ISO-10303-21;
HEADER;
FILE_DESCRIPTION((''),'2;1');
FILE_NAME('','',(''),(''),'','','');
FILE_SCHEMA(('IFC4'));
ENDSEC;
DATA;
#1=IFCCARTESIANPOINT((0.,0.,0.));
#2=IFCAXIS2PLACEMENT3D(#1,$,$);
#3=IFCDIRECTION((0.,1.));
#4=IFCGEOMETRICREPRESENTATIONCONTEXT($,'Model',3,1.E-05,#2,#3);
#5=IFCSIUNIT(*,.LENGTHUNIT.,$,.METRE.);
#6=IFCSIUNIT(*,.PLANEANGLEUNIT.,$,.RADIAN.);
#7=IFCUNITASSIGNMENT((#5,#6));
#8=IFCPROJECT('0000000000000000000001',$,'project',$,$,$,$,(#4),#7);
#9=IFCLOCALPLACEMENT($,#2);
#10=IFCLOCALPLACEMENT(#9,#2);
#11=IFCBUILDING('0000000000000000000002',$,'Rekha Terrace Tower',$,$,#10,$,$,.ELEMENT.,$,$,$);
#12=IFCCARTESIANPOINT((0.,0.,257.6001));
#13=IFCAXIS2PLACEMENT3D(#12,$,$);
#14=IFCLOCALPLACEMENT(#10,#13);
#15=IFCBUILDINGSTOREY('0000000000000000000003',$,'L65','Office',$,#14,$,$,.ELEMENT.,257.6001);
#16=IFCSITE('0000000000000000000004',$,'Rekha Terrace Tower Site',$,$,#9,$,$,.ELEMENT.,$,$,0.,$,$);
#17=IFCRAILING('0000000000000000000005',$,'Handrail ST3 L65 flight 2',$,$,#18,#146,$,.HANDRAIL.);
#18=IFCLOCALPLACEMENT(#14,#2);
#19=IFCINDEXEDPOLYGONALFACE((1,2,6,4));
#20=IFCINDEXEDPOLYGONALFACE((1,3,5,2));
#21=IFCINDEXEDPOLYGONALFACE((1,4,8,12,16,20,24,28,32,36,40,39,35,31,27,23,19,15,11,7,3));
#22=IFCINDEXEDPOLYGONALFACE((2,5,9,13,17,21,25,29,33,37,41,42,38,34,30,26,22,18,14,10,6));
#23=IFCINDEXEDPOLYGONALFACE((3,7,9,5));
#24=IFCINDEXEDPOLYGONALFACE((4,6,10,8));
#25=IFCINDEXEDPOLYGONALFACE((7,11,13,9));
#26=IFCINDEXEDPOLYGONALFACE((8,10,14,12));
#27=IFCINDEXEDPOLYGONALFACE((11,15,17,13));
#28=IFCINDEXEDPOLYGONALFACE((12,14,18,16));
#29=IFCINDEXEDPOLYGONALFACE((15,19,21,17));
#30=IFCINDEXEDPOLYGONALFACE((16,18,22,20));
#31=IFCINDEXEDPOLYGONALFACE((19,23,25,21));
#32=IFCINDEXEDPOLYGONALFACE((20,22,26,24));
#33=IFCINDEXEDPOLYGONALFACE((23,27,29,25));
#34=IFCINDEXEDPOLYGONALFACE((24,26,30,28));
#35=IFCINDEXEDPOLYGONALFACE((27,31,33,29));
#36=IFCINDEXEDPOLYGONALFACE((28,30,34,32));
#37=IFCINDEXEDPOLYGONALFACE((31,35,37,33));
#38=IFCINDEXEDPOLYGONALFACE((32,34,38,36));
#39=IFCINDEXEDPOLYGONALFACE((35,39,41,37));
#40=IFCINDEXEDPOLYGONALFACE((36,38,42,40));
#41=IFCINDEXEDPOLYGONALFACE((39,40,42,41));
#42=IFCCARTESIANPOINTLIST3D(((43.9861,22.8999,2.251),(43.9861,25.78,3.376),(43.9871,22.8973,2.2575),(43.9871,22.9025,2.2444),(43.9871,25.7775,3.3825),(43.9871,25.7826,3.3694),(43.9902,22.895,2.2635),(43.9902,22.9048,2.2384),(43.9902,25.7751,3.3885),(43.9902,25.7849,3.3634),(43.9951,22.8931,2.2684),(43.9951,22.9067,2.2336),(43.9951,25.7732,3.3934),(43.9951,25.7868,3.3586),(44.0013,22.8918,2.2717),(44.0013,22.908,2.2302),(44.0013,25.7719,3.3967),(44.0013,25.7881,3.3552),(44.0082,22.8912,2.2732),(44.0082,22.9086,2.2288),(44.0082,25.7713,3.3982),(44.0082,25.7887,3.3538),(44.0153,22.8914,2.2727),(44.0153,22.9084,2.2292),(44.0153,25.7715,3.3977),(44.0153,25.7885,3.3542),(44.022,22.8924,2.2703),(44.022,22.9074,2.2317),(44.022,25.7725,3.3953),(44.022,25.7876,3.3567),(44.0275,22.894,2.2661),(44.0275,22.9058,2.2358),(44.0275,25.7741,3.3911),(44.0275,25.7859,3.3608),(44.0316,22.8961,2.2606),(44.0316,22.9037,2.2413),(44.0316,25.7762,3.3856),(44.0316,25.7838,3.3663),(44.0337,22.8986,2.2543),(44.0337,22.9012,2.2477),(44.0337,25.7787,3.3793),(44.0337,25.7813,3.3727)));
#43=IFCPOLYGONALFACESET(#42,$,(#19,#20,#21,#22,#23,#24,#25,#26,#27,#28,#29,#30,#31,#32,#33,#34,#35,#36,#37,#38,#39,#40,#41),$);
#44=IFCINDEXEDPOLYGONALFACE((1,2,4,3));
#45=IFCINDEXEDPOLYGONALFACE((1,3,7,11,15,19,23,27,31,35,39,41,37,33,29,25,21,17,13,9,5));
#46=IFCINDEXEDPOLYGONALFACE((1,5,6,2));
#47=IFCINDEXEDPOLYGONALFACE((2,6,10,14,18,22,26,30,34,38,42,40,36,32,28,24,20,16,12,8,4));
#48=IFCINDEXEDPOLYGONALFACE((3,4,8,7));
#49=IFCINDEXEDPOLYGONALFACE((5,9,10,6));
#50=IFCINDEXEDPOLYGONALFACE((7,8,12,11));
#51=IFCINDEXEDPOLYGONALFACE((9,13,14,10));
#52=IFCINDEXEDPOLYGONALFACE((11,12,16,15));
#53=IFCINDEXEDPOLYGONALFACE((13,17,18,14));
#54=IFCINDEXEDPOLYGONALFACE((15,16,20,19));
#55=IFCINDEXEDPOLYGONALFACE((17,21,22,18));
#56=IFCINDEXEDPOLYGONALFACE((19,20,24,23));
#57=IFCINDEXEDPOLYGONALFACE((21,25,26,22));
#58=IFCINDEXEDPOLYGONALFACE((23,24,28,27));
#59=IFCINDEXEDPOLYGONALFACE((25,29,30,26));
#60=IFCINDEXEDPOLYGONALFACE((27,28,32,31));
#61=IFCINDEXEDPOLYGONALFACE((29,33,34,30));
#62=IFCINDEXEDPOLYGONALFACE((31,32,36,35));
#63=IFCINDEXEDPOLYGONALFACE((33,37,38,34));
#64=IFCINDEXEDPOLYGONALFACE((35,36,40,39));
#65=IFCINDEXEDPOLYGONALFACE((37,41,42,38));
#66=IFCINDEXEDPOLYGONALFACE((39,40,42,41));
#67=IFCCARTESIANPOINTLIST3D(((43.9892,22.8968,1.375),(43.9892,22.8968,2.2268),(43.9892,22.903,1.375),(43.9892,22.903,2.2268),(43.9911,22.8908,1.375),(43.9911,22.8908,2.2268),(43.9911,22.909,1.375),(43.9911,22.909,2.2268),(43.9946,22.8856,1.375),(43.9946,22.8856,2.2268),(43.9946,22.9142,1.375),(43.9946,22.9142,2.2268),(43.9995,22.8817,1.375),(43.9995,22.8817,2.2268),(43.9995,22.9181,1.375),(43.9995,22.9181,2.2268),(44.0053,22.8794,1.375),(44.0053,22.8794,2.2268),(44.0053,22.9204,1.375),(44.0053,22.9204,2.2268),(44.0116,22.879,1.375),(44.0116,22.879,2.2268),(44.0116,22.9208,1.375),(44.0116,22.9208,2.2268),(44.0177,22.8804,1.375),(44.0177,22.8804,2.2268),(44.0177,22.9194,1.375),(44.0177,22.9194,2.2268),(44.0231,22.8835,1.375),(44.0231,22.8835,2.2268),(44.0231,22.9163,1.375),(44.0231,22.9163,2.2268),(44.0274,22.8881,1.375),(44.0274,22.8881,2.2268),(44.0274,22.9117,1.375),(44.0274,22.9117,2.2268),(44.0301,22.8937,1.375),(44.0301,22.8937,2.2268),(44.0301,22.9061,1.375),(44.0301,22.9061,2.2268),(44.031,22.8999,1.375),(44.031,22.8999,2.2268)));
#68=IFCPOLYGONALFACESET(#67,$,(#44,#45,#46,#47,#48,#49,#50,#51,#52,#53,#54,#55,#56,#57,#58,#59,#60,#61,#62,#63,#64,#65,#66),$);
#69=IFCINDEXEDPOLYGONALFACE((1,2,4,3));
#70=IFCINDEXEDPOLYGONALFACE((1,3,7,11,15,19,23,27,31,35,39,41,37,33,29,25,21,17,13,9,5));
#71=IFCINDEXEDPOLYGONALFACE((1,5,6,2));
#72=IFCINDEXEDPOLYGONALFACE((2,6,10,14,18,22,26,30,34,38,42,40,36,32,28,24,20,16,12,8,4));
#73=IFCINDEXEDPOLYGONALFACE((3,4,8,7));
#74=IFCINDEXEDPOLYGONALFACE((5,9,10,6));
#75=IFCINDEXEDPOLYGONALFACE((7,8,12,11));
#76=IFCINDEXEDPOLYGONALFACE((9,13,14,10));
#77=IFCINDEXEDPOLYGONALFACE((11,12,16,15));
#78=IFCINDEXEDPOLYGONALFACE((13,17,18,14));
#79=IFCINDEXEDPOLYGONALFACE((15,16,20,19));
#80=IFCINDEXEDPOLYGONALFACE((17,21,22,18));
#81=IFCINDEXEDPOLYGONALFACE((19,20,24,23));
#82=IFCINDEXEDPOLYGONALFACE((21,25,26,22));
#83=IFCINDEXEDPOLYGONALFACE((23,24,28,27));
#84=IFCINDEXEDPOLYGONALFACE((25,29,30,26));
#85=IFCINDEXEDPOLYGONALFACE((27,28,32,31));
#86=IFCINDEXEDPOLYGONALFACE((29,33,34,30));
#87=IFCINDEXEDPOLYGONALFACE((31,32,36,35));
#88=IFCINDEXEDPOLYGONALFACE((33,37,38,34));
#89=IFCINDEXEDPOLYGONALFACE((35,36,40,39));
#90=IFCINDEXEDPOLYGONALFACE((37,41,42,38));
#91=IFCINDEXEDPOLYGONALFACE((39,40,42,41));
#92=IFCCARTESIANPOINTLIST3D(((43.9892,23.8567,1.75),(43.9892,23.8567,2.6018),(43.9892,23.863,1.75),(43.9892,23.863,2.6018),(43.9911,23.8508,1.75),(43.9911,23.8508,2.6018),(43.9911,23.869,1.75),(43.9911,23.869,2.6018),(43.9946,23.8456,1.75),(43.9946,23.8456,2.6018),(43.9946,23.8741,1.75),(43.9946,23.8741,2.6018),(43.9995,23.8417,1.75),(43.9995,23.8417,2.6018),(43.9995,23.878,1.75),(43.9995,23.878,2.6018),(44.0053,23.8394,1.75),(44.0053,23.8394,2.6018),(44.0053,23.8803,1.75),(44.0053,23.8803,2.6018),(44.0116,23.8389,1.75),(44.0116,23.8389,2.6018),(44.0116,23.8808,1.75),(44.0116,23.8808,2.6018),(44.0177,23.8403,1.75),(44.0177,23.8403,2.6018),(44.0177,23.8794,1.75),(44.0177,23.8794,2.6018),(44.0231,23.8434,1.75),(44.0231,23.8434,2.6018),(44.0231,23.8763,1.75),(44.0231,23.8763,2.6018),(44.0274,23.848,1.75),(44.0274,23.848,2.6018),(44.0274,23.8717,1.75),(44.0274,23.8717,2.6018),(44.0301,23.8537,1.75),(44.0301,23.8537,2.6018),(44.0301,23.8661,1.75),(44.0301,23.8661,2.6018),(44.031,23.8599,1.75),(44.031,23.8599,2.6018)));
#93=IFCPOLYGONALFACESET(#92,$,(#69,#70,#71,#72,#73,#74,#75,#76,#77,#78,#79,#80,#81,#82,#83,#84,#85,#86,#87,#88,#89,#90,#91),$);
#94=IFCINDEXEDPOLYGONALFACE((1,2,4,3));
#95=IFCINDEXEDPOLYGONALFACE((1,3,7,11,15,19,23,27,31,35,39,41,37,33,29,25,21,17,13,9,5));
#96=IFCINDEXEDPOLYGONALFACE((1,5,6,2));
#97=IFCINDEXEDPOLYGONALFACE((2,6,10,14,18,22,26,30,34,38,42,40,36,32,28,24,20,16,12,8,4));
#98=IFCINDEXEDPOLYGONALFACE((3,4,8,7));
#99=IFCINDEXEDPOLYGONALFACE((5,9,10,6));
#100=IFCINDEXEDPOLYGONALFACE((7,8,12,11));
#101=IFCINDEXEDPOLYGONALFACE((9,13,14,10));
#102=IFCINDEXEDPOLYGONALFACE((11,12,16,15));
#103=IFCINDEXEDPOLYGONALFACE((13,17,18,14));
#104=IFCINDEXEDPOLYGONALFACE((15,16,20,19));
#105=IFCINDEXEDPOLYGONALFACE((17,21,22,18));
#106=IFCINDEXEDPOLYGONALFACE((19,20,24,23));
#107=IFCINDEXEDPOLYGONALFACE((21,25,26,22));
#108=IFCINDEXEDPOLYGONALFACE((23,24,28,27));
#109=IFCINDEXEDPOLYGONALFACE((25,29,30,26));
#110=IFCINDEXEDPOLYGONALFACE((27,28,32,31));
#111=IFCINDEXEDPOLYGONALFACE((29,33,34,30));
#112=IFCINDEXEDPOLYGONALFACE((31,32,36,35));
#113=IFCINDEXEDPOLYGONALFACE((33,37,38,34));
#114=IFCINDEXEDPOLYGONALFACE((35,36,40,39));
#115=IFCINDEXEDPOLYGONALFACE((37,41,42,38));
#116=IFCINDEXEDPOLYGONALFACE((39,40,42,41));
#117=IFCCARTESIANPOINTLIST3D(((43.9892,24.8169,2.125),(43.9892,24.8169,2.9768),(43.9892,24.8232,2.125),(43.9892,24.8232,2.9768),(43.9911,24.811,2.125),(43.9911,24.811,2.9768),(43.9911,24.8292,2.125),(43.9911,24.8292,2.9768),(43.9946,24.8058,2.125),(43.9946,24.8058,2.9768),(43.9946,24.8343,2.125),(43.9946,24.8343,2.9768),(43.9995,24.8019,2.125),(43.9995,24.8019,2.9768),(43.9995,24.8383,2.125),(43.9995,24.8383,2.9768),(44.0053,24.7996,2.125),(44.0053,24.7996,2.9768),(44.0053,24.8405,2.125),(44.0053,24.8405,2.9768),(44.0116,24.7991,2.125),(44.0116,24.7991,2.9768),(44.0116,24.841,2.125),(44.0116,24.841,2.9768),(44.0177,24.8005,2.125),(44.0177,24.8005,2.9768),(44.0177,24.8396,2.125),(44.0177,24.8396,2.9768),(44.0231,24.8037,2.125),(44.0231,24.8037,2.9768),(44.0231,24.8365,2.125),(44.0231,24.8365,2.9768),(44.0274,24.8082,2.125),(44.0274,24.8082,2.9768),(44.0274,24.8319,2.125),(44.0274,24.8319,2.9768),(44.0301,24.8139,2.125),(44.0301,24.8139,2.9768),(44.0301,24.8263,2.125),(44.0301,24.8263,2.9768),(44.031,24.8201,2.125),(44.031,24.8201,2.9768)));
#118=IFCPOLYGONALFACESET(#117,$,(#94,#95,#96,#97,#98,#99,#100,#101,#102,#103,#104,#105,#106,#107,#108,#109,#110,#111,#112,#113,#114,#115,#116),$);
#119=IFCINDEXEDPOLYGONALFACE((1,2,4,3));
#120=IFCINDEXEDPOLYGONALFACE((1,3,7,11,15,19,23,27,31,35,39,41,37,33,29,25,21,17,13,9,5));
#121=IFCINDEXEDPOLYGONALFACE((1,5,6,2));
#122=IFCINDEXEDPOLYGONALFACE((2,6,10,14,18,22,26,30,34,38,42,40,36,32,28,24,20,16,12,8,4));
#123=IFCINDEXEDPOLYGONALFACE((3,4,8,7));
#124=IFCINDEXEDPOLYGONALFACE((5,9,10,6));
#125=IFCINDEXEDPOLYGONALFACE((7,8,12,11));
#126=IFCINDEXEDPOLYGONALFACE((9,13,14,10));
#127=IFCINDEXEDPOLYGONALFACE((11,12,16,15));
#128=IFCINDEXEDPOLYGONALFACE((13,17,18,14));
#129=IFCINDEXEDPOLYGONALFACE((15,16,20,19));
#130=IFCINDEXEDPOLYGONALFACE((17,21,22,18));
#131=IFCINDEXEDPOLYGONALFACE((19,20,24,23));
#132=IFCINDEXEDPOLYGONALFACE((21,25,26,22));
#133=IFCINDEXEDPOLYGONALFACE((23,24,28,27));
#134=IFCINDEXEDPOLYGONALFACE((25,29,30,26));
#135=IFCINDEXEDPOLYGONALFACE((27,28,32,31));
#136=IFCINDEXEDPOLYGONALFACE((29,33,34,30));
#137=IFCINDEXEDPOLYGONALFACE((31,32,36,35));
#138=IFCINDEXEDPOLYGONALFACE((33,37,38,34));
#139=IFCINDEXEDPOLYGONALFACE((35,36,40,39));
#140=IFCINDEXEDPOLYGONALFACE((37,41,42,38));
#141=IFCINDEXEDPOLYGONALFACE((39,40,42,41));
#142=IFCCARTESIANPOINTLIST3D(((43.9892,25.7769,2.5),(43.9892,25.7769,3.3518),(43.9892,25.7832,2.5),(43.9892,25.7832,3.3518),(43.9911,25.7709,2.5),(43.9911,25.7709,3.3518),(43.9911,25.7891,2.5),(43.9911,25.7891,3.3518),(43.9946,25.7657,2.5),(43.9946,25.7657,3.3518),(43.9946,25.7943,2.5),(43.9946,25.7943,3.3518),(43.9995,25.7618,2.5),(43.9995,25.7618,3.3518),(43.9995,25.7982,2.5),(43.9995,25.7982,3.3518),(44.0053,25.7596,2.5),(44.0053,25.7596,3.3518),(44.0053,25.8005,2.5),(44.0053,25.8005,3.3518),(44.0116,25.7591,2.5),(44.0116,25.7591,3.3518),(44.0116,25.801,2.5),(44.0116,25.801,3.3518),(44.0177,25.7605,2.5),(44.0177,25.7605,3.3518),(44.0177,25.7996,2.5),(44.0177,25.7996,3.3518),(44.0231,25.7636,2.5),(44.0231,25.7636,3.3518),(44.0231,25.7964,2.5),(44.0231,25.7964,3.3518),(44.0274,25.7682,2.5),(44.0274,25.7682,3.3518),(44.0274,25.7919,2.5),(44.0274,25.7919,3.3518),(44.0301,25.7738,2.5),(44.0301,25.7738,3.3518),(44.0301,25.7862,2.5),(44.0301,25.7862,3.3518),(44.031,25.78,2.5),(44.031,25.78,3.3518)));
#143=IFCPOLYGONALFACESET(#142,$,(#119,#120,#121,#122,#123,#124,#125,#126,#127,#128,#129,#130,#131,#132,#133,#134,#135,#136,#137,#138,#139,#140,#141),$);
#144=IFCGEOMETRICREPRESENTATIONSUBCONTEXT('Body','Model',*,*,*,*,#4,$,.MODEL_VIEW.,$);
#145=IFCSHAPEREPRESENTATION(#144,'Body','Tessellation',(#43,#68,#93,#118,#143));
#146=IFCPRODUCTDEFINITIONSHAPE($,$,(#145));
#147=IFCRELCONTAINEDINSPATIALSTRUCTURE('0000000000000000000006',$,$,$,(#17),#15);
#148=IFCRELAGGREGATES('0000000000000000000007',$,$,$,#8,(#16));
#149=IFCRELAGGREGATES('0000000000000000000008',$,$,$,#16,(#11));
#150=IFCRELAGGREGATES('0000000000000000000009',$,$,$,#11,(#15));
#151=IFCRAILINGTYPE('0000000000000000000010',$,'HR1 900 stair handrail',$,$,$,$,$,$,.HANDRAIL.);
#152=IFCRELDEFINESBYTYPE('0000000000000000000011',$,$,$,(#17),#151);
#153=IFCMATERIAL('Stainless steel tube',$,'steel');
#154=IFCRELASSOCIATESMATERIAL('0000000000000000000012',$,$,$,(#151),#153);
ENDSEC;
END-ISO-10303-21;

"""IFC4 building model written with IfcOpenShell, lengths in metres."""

from ifc_helpers import new_model, si_unit, direction, frame, origin, origin_2d, place, context, subcontext, project, spatial, circle, extrude, material, type_object, element, save


model = new_model("IFC4")

# Units and contexts
model_context = context("Model", 3, precision=1e-05, world=origin(), true_north=direction((0.0, 1.0)))
body_context = subcontext(model_context, "Body", "Model", "MODEL_VIEW")
ifc_project = project(units=[si_unit("LENGTHUNIT", "METRE"), si_unit("PLANEANGLEUNIT", "RADIAN")], contexts=[model_context])

# Site, building, storey
site_placement = place(None, origin())
site = spatial("IfcSite", under=ifc_project, at=site_placement, Name="Rekha Terrace Tower Site", CompositionType="ELEMENT", RefElevation=0.0)
building_placement = place(site_placement, origin())
building = spatial("IfcBuilding", under=site, at=building_placement, Name="Rekha Terrace Tower", CompositionType="ELEMENT")
storey_placement = place(building_placement, frame((0.0, 0.0, 257.6001)))
storey = spatial("IfcBuildingStorey", under=building, at=storey_placement, Name="L65", Description="Office", CompositionType="ELEMENT", Elevation=257.6001)

# Railing
ifc_material_1 = material(Name="Stainless steel tube", Category="steel")
railing_type_1 = type_object("IfcRailingType", Name="HR1 900 stair handrail", PredefinedType="HANDRAIL", material=ifc_material_1)
railing_1_placement = place(storey_placement, frame((44.01, 22.8999, 1.375)))
element("IfcRailing", 1, at=railing_1_placement, inside=storey, type_object=railing_type_1, Name="Handrail ST3 L65 flight 2", PredefinedType="HANDRAIL", context=body_context, shape_type="SweptSolid", body=[
    extrude(circle(Radius=0.0239, at=origin_2d()), frame((0.0, 0.0, 0.876), z_axis=(0.0, 0.931463, 0.363837), x_axis=(-1.0, 0.0, 0.0)), (0.0, 0.0, 1.0), 3.092),
    extrude(circle(Radius=0.021, at=origin_2d()), origin(), (0.0, 0.0, 1.0), 0.8518),
    extrude(circle(Radius=0.021, at=origin_2d()), frame((0.0, 0.96, 0.375)), (0.0, 0.0, 1.0), 0.8518),
    extrude(circle(Radius=0.021, at=origin_2d()), frame((0.0, 1.9202, 0.75)), (0.0, 0.0, 1.0), 0.8518),
    extrude(circle(Radius=0.021, at=origin_2d()), frame((0.0, 2.8801, 1.125)), (0.0, 0.0, 1.0), 0.8518),
])

save(model, "model.ifc")
